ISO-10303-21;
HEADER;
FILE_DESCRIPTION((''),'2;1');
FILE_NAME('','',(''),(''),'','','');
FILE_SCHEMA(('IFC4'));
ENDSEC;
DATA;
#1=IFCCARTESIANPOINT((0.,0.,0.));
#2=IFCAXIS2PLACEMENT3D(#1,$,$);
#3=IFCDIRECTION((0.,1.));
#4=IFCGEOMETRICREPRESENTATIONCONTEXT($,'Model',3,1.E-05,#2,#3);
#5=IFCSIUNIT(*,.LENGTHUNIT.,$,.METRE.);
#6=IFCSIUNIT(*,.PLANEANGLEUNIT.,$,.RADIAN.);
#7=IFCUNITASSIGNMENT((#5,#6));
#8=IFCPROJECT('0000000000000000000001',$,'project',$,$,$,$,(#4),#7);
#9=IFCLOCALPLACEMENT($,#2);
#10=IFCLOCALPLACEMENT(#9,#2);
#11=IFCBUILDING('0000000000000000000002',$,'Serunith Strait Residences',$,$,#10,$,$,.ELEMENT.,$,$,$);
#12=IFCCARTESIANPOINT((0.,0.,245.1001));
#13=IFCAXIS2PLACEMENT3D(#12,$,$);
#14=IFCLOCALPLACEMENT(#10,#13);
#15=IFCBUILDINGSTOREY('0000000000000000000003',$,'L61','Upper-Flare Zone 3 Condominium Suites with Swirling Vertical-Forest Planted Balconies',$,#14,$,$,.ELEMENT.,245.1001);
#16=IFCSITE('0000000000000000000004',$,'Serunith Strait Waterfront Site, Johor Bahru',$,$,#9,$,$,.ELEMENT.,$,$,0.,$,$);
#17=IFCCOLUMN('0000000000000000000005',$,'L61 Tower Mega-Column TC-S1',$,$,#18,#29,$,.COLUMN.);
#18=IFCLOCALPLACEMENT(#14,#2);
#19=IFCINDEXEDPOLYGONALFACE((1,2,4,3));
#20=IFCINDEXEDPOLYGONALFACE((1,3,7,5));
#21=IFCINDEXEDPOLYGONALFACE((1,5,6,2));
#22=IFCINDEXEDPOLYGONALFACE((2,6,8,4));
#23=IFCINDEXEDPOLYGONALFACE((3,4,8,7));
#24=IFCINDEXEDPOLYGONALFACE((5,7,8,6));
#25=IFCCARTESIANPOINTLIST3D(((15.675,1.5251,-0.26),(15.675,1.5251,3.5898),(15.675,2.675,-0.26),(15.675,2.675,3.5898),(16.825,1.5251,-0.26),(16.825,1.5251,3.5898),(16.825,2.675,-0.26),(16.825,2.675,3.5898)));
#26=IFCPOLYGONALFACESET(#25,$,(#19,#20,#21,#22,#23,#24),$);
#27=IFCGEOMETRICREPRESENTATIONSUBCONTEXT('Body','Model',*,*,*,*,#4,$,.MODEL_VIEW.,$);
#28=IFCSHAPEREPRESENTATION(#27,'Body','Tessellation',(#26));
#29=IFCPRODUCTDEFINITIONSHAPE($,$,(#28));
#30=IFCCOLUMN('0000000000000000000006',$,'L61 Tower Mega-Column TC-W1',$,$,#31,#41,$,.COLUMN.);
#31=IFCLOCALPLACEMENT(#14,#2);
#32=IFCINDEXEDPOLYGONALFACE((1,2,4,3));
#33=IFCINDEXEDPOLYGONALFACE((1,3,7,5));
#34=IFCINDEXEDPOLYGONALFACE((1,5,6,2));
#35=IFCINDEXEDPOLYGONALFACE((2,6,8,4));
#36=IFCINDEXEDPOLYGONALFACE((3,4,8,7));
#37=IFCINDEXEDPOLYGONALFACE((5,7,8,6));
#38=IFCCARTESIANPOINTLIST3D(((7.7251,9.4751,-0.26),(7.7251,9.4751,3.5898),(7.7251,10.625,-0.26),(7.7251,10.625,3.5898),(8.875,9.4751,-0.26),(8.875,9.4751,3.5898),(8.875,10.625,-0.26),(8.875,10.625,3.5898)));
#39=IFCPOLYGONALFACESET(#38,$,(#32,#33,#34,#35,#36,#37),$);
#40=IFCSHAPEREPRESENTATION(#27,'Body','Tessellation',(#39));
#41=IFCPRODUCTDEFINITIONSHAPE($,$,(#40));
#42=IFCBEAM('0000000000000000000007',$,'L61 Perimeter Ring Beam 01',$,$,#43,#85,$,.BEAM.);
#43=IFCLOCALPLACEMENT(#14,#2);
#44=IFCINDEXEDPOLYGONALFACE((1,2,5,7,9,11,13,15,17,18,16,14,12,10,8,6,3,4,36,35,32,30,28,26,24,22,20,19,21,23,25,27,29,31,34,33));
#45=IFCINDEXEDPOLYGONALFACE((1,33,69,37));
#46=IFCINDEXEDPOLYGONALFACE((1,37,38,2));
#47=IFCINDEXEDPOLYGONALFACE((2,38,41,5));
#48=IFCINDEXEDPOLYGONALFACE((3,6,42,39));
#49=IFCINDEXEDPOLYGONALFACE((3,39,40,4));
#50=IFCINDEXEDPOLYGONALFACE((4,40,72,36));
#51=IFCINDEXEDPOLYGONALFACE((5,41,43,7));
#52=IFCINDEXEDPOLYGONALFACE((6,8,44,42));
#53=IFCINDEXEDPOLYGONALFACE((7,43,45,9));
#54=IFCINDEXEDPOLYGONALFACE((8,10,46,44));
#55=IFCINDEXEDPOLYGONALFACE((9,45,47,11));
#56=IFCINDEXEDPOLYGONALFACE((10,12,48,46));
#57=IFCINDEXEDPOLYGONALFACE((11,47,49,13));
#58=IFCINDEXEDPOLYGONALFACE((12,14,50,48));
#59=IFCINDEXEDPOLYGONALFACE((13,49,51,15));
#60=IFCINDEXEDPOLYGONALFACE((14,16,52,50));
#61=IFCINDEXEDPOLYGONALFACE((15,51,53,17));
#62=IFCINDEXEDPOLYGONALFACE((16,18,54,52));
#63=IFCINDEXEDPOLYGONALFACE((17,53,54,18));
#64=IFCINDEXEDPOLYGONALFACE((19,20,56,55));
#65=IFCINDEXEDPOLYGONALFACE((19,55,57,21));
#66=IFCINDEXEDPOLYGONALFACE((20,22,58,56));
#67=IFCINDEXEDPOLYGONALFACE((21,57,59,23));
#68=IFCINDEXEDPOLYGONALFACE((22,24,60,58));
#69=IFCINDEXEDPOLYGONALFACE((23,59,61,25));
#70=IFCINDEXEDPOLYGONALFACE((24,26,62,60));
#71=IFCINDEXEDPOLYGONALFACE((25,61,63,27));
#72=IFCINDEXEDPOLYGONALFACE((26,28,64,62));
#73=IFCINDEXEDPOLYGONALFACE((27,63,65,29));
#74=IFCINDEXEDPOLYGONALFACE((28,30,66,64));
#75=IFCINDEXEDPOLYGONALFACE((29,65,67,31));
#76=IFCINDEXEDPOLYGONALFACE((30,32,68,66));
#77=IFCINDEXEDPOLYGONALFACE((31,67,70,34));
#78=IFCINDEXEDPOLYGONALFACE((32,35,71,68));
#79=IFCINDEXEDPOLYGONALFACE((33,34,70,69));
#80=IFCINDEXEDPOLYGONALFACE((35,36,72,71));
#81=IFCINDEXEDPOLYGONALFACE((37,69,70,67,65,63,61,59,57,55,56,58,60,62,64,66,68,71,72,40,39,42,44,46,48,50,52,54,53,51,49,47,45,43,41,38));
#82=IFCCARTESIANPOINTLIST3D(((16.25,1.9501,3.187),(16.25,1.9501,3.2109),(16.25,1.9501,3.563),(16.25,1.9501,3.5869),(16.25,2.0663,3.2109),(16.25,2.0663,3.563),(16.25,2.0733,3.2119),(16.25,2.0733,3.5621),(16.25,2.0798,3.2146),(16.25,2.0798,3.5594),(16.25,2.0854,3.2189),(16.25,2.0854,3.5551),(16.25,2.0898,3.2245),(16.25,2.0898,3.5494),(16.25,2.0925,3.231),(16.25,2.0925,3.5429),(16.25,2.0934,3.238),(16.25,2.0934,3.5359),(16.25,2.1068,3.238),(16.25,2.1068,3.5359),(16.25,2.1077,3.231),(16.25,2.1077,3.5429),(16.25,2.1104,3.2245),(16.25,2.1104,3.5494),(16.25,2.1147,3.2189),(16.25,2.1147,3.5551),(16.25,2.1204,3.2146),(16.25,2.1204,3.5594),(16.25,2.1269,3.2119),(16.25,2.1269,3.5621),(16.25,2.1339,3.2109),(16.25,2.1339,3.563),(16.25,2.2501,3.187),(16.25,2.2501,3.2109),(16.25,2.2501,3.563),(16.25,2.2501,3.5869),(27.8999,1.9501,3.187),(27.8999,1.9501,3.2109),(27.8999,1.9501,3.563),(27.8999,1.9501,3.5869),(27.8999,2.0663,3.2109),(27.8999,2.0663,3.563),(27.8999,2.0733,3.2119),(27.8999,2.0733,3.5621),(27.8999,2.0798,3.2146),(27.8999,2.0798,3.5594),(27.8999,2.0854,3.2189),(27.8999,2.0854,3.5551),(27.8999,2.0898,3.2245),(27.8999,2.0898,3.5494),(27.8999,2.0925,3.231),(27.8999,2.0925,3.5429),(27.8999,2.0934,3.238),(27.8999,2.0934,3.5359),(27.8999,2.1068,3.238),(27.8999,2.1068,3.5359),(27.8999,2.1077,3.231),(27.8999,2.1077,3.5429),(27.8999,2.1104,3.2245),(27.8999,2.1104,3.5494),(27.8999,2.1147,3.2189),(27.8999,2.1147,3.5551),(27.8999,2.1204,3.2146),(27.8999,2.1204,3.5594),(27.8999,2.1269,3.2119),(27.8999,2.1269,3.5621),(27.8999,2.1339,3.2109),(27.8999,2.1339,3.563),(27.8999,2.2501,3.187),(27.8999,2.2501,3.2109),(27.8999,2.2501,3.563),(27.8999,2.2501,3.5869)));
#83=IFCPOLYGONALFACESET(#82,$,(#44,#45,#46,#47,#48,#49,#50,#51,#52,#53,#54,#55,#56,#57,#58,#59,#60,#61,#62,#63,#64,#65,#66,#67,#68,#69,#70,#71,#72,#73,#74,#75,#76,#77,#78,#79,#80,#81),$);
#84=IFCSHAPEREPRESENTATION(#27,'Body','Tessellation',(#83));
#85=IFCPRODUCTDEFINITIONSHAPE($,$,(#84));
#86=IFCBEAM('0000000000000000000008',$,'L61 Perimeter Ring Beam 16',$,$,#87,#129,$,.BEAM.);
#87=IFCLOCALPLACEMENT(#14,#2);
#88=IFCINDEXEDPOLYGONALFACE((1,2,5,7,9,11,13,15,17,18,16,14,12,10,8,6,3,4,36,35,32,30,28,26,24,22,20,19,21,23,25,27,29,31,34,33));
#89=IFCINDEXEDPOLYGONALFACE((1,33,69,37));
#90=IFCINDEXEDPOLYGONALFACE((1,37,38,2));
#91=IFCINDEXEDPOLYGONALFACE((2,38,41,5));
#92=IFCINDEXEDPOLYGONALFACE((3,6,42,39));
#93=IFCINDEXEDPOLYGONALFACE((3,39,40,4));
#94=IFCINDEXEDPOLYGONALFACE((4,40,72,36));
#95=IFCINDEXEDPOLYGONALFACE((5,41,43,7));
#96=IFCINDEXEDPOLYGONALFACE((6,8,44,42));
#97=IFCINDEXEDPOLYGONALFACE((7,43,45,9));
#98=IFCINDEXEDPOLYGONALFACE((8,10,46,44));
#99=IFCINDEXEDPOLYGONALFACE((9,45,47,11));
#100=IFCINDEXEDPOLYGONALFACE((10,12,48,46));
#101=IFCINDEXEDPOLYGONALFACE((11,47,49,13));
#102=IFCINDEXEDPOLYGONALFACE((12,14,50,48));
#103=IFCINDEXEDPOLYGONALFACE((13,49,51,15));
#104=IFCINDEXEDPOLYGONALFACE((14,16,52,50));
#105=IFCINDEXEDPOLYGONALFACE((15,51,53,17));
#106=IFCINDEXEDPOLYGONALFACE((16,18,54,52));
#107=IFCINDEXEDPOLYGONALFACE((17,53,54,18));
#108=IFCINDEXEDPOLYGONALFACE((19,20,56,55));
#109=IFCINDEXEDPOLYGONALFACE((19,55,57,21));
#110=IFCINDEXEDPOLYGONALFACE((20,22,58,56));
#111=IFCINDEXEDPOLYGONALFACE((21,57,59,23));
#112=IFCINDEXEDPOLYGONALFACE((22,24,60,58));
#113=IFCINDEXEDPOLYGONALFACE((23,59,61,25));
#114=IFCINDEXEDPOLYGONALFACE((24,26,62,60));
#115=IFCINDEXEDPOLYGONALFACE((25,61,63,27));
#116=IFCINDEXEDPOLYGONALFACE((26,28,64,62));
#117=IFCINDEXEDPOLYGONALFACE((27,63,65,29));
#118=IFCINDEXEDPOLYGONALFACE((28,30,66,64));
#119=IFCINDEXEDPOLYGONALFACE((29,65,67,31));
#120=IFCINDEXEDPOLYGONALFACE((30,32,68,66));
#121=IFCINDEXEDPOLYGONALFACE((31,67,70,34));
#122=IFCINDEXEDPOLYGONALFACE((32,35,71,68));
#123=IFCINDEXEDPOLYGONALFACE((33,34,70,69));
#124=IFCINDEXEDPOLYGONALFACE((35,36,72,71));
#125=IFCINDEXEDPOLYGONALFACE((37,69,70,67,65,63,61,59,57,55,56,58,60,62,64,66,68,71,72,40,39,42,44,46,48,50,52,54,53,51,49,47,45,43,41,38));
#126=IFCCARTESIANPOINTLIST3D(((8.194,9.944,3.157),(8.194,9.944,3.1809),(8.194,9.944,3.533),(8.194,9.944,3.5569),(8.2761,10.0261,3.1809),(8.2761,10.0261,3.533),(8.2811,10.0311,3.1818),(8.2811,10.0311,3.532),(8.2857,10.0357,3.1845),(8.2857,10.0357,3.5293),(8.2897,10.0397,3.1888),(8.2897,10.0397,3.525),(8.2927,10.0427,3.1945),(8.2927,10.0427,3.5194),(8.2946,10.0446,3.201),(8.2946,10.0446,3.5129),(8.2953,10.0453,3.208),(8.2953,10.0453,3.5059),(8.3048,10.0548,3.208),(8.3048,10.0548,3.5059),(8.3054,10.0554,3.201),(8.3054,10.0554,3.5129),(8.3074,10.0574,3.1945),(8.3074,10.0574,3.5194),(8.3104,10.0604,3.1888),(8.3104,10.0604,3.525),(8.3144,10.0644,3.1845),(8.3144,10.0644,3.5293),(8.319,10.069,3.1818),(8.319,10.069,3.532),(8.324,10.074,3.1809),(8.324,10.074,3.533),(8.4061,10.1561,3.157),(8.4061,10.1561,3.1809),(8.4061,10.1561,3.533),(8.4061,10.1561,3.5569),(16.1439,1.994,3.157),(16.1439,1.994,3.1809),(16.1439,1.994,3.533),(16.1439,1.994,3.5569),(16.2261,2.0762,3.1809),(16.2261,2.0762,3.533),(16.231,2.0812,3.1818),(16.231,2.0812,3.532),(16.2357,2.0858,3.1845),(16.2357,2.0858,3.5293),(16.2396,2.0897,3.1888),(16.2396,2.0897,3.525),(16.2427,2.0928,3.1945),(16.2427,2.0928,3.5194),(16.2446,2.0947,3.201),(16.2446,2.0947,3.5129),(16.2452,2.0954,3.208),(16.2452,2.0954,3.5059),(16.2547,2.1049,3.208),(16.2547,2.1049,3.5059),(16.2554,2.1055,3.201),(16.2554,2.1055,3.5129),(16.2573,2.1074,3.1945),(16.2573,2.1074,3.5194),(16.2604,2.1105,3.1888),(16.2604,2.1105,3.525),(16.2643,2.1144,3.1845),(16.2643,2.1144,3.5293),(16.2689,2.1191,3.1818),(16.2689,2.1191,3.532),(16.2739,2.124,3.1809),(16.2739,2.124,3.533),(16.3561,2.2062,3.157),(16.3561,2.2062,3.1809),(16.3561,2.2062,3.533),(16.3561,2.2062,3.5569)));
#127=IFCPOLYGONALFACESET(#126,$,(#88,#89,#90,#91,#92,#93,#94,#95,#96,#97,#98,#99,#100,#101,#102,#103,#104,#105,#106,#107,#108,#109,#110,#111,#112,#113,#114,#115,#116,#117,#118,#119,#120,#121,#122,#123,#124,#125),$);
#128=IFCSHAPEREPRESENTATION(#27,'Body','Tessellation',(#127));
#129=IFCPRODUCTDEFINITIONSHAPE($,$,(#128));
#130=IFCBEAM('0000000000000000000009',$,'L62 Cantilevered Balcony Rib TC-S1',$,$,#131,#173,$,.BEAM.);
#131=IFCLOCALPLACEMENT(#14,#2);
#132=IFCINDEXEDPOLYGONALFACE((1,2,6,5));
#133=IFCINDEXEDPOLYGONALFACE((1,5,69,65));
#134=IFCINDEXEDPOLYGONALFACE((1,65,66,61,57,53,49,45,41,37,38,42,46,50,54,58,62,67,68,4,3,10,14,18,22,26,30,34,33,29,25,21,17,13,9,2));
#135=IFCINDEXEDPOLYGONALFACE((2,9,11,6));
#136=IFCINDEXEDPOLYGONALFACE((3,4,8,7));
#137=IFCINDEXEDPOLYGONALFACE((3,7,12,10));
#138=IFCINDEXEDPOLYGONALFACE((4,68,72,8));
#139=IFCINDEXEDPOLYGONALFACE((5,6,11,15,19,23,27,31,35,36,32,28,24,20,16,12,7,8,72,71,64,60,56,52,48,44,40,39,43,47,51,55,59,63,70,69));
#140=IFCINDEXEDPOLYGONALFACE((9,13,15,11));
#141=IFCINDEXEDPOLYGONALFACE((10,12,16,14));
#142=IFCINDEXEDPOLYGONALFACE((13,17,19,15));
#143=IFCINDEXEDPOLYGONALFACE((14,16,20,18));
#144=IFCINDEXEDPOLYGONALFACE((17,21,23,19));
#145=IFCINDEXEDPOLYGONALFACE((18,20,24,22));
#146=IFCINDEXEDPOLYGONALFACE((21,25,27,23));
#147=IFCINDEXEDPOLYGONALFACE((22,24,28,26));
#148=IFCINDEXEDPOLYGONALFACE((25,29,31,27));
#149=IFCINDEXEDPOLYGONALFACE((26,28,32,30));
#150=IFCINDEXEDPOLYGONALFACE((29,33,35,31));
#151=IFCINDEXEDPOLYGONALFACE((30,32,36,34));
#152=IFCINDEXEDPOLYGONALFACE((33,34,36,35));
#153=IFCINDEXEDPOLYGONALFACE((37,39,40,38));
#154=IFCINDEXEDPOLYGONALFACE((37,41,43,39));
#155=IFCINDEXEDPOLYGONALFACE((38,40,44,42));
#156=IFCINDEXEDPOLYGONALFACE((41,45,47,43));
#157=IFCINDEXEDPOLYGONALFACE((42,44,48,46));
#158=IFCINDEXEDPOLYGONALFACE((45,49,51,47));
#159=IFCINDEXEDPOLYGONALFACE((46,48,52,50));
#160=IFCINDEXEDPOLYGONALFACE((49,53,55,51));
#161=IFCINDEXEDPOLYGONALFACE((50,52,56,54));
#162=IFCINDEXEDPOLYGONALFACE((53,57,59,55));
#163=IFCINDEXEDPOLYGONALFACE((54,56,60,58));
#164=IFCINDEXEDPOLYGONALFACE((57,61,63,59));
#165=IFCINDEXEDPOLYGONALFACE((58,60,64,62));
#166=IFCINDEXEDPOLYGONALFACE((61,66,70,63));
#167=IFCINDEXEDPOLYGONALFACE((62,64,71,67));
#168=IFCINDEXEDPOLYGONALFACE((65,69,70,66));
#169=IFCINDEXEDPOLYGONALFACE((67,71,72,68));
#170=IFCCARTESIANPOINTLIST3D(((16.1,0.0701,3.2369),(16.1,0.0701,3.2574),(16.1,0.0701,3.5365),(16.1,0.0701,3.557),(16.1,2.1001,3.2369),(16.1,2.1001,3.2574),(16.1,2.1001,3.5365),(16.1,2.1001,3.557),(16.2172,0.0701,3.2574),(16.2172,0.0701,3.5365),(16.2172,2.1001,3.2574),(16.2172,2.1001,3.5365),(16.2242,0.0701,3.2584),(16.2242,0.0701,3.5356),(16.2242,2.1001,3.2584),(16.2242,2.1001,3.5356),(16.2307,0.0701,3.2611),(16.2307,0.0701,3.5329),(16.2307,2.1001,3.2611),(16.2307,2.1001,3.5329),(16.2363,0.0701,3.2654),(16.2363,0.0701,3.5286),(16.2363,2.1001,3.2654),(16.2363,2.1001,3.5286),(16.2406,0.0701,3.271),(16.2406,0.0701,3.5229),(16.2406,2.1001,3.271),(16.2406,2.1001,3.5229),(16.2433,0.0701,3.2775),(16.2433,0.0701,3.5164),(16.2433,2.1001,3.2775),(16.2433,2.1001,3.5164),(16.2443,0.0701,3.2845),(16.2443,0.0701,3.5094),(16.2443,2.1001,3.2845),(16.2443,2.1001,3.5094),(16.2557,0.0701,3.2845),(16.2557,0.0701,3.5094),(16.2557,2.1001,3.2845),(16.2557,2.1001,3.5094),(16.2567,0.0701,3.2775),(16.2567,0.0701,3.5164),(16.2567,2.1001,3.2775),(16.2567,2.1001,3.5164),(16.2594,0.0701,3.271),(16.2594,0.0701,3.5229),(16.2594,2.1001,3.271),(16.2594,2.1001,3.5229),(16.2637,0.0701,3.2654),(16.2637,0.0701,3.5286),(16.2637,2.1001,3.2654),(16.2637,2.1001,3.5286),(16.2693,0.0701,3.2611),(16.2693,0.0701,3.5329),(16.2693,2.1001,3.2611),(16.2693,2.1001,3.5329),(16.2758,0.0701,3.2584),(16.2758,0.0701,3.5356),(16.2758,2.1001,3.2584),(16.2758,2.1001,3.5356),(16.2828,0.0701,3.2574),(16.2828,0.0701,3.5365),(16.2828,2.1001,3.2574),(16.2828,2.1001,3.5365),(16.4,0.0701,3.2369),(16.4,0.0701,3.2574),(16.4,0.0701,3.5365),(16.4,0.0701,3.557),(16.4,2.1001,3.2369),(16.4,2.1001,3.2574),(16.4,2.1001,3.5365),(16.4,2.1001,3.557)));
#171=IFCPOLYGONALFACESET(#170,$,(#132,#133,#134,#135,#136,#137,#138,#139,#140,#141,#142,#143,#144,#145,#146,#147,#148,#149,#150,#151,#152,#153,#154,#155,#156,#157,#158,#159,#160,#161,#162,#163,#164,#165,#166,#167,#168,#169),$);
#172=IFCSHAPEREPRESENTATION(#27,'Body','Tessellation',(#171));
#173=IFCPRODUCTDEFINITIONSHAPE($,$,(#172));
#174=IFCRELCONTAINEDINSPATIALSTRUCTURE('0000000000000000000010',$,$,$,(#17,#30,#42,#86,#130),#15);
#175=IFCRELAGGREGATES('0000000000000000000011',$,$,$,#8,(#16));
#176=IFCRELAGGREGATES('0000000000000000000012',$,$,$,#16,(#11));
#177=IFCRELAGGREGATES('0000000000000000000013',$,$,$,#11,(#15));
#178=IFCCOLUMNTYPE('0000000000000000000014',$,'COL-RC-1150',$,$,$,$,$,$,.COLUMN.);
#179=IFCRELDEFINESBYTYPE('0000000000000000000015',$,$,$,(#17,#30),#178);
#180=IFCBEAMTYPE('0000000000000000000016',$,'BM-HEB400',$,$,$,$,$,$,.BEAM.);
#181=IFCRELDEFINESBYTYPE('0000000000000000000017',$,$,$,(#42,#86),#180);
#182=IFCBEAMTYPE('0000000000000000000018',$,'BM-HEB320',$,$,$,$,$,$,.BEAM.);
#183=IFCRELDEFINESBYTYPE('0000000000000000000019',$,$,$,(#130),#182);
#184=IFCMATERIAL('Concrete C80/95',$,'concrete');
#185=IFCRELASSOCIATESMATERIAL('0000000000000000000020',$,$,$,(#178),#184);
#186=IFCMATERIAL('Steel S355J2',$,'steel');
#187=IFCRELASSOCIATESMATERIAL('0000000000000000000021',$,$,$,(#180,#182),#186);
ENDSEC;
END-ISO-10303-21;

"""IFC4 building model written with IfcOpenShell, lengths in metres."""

from ifc_helpers import new_model, si_unit, direction, frame, origin, origin_2d, place, context, subcontext, project, spatial, rectangle, i_section, extrude, source, transform, mapped, material, material_profile, profile_set, type_object, element, save


model = new_model("IFC4")

# Units and contexts
model_context = context("Model", 3, precision=1e-05, world=origin(), true_north=direction((0.0, 1.0)))
body_context = subcontext(model_context, "Body", "Model", "MODEL_VIEW")
ifc_project = project(units=[si_unit("LENGTHUNIT", "METRE"), si_unit("PLANEANGLEUNIT", "RADIAN")], contexts=[model_context])

# Site, building, storey
site_placement = place(None, origin())
site = spatial("IfcSite", under=ifc_project, at=site_placement, Name="Serunith Strait Waterfront Site, Johor Bahru", CompositionType="ELEMENT", RefElevation=0.0)
building_placement = place(site_placement, origin())
building = spatial("IfcBuilding", under=site, at=building_placement, Name="Serunith Strait Residences", CompositionType="ELEMENT")
storey_placement = place(building_placement, frame((0.0, 0.0, 245.1001)))
storey = spatial("IfcBuildingStorey", under=building, at=storey_placement, Name="L61", Description="Upper-Flare Zone 3 Condominium Suites with Swirling Vertical-Forest Planted Balconies", CompositionType="ELEMENT", Elevation=245.1001)

# Columns
ifc_material_1 = material(Name="Concrete C80/95", Category="concrete")
ifc_material_profile_1 = material_profile(ifc_material_1, rectangle(XDim=1.1499, YDim=1.1499, at=origin_2d()), Name="RC 1150x1150")
ifc_profile_set_1 = profile_set([ifc_material_profile_1], Name="Concrete C80/95")
column_type = type_object("IfcColumnType", Name="COL-RC-1150", PredefinedType="COLUMN", material=ifc_profile_set_1)
shared_shape_1 = source(origin(), body_context, "Body", "SweptSolid", [
    extrude(rectangle(XDim=1.1499, YDim=1.1499, at=origin_2d()), origin(), (0.0, 0.0, 1.0), 3.8499),
])
for number, where, z_axis, x_axis, name in (
    (1, (16.25, 2.1001, -0.26), (0.0, 0.0, 1.0), (1.0, 0.0, 0.0), "L61 Tower Mega-Column TC-S1"),
    (2, (8.3, 10.05, -0.26), (0.0, 0.0, 1.0), (1.0, 0.0, 0.0), "L61 Tower Mega-Column TC-W1"),
):
    element("IfcColumn", number, at=place(storey_placement, frame(where, z_axis=z_axis, x_axis=x_axis)), inside=storey, type_object=column_type, Name=name, PredefinedType="COLUMN", context=body_context, shape_type="MappedRepresentation", body=[
        mapped(shared_shape_1, transform((0.0, 0.0, 0.0), scale=1.0)),
    ])

# Beams
ifc_material_2 = material(Name="Steel S355J2", Category="steel")
ifc_material_profile_2 = material_profile(ifc_material_2, i_section(OverallWidth=0.3, OverallDepth=0.3999, WebThickness=0.0134, FlangeThickness=0.0239, FilletRadius=0.0271, at=origin_2d()), Name="HEB 400")
ifc_profile_set_2 = profile_set([ifc_material_profile_2], Name="Steel S355J2")
beam_type_1 = type_object("IfcBeamType", Name="BM-HEB400", PredefinedType="BEAM", material=ifc_profile_set_2)
shared_shape_2 = source(origin(), body_context, "Body", "SweptSolid", [
    extrude(i_section(OverallWidth=0.3, OverallDepth=0.3999, WebThickness=0.0134, FlangeThickness=0.0239, FilletRadius=0.0271, at=origin_2d()), origin(), (0.0, 0.0, 1.0), 11.6499),
])
beam_1_placement = place(storey_placement, frame((16.25, 2.1001, 3.387), z_axis=(1.0, 0.0, 0.0), x_axis=(0.0, 1.0, 0.0)))
element("IfcBeam", 3, at=beam_1_placement, inside=storey, type_object=beam_type_1, Name="L61 Perimeter Ring Beam 01", PredefinedType="BEAM", context=body_context, shape_type="MappedRepresentation", body=[
    mapped(shared_shape_2, transform((0.0, 0.0, 0.0), scale=1.0)),
])
shared_shape_3 = source(origin(), body_context, "Body", "SweptSolid", [
    extrude(i_section(OverallWidth=0.3, OverallDepth=0.3999, WebThickness=0.0134, FlangeThickness=0.0239, FilletRadius=0.0271, at=origin_2d()), origin(), (0.0, 0.0, 1.0), 11.2429),
])
beam_2_placement = place(storey_placement, frame((8.3, 10.05, 3.3569), z_axis=(0.707107, -0.707107, 0.0), x_axis=(0.707107, 0.707107, 0.0)))
element("IfcBeam", 4, at=beam_2_placement, inside=storey, type_object=beam_type_1, Name="L61 Perimeter Ring Beam 16", PredefinedType="BEAM", context=body_context, shape_type="MappedRepresentation", body=[
    mapped(shared_shape_3, transform((0.0, 0.0, 0.0), scale=1.0)),
])
ifc_material_profile_3 = material_profile(ifc_material_2, i_section(OverallWidth=0.3, OverallDepth=0.3201, WebThickness=0.0115, FlangeThickness=0.0205, FilletRadius=0.0271, at=origin_2d()), Name="HEB 320")
ifc_profile_set_3 = profile_set([ifc_material_profile_3], Name="Steel S355J2")
beam_type_2 = type_object("IfcBeamType", Name="BM-HEB320", PredefinedType="BEAM", material=ifc_profile_set_3)
shared_shape_4 = source(origin(), body_context, "Body", "SweptSolid", [
    extrude(i_section(OverallWidth=0.3, OverallDepth=0.3201, WebThickness=0.0115, FlangeThickness=0.0205, FilletRadius=0.0271, at=origin_2d()), origin(), (0.0, 0.0, 1.0), 2.03),
])
beam_3_placement = place(storey_placement, frame((16.25, 2.1001, 3.397), z_axis=(0.0, -1.0, 0.0), x_axis=(1.0, 0.0, 0.0)))
element("IfcBeam", 5, at=beam_3_placement, inside=storey, type_object=beam_type_2, Name="L62 Cantilevered Balcony Rib TC-S1", PredefinedType="BEAM", context=body_context, shape_type="MappedRepresentation", body=[
    mapped(shared_shape_4, transform((0.0, 0.0, 0.0), scale=1.0)),
])

save(model, "model.ifc")
